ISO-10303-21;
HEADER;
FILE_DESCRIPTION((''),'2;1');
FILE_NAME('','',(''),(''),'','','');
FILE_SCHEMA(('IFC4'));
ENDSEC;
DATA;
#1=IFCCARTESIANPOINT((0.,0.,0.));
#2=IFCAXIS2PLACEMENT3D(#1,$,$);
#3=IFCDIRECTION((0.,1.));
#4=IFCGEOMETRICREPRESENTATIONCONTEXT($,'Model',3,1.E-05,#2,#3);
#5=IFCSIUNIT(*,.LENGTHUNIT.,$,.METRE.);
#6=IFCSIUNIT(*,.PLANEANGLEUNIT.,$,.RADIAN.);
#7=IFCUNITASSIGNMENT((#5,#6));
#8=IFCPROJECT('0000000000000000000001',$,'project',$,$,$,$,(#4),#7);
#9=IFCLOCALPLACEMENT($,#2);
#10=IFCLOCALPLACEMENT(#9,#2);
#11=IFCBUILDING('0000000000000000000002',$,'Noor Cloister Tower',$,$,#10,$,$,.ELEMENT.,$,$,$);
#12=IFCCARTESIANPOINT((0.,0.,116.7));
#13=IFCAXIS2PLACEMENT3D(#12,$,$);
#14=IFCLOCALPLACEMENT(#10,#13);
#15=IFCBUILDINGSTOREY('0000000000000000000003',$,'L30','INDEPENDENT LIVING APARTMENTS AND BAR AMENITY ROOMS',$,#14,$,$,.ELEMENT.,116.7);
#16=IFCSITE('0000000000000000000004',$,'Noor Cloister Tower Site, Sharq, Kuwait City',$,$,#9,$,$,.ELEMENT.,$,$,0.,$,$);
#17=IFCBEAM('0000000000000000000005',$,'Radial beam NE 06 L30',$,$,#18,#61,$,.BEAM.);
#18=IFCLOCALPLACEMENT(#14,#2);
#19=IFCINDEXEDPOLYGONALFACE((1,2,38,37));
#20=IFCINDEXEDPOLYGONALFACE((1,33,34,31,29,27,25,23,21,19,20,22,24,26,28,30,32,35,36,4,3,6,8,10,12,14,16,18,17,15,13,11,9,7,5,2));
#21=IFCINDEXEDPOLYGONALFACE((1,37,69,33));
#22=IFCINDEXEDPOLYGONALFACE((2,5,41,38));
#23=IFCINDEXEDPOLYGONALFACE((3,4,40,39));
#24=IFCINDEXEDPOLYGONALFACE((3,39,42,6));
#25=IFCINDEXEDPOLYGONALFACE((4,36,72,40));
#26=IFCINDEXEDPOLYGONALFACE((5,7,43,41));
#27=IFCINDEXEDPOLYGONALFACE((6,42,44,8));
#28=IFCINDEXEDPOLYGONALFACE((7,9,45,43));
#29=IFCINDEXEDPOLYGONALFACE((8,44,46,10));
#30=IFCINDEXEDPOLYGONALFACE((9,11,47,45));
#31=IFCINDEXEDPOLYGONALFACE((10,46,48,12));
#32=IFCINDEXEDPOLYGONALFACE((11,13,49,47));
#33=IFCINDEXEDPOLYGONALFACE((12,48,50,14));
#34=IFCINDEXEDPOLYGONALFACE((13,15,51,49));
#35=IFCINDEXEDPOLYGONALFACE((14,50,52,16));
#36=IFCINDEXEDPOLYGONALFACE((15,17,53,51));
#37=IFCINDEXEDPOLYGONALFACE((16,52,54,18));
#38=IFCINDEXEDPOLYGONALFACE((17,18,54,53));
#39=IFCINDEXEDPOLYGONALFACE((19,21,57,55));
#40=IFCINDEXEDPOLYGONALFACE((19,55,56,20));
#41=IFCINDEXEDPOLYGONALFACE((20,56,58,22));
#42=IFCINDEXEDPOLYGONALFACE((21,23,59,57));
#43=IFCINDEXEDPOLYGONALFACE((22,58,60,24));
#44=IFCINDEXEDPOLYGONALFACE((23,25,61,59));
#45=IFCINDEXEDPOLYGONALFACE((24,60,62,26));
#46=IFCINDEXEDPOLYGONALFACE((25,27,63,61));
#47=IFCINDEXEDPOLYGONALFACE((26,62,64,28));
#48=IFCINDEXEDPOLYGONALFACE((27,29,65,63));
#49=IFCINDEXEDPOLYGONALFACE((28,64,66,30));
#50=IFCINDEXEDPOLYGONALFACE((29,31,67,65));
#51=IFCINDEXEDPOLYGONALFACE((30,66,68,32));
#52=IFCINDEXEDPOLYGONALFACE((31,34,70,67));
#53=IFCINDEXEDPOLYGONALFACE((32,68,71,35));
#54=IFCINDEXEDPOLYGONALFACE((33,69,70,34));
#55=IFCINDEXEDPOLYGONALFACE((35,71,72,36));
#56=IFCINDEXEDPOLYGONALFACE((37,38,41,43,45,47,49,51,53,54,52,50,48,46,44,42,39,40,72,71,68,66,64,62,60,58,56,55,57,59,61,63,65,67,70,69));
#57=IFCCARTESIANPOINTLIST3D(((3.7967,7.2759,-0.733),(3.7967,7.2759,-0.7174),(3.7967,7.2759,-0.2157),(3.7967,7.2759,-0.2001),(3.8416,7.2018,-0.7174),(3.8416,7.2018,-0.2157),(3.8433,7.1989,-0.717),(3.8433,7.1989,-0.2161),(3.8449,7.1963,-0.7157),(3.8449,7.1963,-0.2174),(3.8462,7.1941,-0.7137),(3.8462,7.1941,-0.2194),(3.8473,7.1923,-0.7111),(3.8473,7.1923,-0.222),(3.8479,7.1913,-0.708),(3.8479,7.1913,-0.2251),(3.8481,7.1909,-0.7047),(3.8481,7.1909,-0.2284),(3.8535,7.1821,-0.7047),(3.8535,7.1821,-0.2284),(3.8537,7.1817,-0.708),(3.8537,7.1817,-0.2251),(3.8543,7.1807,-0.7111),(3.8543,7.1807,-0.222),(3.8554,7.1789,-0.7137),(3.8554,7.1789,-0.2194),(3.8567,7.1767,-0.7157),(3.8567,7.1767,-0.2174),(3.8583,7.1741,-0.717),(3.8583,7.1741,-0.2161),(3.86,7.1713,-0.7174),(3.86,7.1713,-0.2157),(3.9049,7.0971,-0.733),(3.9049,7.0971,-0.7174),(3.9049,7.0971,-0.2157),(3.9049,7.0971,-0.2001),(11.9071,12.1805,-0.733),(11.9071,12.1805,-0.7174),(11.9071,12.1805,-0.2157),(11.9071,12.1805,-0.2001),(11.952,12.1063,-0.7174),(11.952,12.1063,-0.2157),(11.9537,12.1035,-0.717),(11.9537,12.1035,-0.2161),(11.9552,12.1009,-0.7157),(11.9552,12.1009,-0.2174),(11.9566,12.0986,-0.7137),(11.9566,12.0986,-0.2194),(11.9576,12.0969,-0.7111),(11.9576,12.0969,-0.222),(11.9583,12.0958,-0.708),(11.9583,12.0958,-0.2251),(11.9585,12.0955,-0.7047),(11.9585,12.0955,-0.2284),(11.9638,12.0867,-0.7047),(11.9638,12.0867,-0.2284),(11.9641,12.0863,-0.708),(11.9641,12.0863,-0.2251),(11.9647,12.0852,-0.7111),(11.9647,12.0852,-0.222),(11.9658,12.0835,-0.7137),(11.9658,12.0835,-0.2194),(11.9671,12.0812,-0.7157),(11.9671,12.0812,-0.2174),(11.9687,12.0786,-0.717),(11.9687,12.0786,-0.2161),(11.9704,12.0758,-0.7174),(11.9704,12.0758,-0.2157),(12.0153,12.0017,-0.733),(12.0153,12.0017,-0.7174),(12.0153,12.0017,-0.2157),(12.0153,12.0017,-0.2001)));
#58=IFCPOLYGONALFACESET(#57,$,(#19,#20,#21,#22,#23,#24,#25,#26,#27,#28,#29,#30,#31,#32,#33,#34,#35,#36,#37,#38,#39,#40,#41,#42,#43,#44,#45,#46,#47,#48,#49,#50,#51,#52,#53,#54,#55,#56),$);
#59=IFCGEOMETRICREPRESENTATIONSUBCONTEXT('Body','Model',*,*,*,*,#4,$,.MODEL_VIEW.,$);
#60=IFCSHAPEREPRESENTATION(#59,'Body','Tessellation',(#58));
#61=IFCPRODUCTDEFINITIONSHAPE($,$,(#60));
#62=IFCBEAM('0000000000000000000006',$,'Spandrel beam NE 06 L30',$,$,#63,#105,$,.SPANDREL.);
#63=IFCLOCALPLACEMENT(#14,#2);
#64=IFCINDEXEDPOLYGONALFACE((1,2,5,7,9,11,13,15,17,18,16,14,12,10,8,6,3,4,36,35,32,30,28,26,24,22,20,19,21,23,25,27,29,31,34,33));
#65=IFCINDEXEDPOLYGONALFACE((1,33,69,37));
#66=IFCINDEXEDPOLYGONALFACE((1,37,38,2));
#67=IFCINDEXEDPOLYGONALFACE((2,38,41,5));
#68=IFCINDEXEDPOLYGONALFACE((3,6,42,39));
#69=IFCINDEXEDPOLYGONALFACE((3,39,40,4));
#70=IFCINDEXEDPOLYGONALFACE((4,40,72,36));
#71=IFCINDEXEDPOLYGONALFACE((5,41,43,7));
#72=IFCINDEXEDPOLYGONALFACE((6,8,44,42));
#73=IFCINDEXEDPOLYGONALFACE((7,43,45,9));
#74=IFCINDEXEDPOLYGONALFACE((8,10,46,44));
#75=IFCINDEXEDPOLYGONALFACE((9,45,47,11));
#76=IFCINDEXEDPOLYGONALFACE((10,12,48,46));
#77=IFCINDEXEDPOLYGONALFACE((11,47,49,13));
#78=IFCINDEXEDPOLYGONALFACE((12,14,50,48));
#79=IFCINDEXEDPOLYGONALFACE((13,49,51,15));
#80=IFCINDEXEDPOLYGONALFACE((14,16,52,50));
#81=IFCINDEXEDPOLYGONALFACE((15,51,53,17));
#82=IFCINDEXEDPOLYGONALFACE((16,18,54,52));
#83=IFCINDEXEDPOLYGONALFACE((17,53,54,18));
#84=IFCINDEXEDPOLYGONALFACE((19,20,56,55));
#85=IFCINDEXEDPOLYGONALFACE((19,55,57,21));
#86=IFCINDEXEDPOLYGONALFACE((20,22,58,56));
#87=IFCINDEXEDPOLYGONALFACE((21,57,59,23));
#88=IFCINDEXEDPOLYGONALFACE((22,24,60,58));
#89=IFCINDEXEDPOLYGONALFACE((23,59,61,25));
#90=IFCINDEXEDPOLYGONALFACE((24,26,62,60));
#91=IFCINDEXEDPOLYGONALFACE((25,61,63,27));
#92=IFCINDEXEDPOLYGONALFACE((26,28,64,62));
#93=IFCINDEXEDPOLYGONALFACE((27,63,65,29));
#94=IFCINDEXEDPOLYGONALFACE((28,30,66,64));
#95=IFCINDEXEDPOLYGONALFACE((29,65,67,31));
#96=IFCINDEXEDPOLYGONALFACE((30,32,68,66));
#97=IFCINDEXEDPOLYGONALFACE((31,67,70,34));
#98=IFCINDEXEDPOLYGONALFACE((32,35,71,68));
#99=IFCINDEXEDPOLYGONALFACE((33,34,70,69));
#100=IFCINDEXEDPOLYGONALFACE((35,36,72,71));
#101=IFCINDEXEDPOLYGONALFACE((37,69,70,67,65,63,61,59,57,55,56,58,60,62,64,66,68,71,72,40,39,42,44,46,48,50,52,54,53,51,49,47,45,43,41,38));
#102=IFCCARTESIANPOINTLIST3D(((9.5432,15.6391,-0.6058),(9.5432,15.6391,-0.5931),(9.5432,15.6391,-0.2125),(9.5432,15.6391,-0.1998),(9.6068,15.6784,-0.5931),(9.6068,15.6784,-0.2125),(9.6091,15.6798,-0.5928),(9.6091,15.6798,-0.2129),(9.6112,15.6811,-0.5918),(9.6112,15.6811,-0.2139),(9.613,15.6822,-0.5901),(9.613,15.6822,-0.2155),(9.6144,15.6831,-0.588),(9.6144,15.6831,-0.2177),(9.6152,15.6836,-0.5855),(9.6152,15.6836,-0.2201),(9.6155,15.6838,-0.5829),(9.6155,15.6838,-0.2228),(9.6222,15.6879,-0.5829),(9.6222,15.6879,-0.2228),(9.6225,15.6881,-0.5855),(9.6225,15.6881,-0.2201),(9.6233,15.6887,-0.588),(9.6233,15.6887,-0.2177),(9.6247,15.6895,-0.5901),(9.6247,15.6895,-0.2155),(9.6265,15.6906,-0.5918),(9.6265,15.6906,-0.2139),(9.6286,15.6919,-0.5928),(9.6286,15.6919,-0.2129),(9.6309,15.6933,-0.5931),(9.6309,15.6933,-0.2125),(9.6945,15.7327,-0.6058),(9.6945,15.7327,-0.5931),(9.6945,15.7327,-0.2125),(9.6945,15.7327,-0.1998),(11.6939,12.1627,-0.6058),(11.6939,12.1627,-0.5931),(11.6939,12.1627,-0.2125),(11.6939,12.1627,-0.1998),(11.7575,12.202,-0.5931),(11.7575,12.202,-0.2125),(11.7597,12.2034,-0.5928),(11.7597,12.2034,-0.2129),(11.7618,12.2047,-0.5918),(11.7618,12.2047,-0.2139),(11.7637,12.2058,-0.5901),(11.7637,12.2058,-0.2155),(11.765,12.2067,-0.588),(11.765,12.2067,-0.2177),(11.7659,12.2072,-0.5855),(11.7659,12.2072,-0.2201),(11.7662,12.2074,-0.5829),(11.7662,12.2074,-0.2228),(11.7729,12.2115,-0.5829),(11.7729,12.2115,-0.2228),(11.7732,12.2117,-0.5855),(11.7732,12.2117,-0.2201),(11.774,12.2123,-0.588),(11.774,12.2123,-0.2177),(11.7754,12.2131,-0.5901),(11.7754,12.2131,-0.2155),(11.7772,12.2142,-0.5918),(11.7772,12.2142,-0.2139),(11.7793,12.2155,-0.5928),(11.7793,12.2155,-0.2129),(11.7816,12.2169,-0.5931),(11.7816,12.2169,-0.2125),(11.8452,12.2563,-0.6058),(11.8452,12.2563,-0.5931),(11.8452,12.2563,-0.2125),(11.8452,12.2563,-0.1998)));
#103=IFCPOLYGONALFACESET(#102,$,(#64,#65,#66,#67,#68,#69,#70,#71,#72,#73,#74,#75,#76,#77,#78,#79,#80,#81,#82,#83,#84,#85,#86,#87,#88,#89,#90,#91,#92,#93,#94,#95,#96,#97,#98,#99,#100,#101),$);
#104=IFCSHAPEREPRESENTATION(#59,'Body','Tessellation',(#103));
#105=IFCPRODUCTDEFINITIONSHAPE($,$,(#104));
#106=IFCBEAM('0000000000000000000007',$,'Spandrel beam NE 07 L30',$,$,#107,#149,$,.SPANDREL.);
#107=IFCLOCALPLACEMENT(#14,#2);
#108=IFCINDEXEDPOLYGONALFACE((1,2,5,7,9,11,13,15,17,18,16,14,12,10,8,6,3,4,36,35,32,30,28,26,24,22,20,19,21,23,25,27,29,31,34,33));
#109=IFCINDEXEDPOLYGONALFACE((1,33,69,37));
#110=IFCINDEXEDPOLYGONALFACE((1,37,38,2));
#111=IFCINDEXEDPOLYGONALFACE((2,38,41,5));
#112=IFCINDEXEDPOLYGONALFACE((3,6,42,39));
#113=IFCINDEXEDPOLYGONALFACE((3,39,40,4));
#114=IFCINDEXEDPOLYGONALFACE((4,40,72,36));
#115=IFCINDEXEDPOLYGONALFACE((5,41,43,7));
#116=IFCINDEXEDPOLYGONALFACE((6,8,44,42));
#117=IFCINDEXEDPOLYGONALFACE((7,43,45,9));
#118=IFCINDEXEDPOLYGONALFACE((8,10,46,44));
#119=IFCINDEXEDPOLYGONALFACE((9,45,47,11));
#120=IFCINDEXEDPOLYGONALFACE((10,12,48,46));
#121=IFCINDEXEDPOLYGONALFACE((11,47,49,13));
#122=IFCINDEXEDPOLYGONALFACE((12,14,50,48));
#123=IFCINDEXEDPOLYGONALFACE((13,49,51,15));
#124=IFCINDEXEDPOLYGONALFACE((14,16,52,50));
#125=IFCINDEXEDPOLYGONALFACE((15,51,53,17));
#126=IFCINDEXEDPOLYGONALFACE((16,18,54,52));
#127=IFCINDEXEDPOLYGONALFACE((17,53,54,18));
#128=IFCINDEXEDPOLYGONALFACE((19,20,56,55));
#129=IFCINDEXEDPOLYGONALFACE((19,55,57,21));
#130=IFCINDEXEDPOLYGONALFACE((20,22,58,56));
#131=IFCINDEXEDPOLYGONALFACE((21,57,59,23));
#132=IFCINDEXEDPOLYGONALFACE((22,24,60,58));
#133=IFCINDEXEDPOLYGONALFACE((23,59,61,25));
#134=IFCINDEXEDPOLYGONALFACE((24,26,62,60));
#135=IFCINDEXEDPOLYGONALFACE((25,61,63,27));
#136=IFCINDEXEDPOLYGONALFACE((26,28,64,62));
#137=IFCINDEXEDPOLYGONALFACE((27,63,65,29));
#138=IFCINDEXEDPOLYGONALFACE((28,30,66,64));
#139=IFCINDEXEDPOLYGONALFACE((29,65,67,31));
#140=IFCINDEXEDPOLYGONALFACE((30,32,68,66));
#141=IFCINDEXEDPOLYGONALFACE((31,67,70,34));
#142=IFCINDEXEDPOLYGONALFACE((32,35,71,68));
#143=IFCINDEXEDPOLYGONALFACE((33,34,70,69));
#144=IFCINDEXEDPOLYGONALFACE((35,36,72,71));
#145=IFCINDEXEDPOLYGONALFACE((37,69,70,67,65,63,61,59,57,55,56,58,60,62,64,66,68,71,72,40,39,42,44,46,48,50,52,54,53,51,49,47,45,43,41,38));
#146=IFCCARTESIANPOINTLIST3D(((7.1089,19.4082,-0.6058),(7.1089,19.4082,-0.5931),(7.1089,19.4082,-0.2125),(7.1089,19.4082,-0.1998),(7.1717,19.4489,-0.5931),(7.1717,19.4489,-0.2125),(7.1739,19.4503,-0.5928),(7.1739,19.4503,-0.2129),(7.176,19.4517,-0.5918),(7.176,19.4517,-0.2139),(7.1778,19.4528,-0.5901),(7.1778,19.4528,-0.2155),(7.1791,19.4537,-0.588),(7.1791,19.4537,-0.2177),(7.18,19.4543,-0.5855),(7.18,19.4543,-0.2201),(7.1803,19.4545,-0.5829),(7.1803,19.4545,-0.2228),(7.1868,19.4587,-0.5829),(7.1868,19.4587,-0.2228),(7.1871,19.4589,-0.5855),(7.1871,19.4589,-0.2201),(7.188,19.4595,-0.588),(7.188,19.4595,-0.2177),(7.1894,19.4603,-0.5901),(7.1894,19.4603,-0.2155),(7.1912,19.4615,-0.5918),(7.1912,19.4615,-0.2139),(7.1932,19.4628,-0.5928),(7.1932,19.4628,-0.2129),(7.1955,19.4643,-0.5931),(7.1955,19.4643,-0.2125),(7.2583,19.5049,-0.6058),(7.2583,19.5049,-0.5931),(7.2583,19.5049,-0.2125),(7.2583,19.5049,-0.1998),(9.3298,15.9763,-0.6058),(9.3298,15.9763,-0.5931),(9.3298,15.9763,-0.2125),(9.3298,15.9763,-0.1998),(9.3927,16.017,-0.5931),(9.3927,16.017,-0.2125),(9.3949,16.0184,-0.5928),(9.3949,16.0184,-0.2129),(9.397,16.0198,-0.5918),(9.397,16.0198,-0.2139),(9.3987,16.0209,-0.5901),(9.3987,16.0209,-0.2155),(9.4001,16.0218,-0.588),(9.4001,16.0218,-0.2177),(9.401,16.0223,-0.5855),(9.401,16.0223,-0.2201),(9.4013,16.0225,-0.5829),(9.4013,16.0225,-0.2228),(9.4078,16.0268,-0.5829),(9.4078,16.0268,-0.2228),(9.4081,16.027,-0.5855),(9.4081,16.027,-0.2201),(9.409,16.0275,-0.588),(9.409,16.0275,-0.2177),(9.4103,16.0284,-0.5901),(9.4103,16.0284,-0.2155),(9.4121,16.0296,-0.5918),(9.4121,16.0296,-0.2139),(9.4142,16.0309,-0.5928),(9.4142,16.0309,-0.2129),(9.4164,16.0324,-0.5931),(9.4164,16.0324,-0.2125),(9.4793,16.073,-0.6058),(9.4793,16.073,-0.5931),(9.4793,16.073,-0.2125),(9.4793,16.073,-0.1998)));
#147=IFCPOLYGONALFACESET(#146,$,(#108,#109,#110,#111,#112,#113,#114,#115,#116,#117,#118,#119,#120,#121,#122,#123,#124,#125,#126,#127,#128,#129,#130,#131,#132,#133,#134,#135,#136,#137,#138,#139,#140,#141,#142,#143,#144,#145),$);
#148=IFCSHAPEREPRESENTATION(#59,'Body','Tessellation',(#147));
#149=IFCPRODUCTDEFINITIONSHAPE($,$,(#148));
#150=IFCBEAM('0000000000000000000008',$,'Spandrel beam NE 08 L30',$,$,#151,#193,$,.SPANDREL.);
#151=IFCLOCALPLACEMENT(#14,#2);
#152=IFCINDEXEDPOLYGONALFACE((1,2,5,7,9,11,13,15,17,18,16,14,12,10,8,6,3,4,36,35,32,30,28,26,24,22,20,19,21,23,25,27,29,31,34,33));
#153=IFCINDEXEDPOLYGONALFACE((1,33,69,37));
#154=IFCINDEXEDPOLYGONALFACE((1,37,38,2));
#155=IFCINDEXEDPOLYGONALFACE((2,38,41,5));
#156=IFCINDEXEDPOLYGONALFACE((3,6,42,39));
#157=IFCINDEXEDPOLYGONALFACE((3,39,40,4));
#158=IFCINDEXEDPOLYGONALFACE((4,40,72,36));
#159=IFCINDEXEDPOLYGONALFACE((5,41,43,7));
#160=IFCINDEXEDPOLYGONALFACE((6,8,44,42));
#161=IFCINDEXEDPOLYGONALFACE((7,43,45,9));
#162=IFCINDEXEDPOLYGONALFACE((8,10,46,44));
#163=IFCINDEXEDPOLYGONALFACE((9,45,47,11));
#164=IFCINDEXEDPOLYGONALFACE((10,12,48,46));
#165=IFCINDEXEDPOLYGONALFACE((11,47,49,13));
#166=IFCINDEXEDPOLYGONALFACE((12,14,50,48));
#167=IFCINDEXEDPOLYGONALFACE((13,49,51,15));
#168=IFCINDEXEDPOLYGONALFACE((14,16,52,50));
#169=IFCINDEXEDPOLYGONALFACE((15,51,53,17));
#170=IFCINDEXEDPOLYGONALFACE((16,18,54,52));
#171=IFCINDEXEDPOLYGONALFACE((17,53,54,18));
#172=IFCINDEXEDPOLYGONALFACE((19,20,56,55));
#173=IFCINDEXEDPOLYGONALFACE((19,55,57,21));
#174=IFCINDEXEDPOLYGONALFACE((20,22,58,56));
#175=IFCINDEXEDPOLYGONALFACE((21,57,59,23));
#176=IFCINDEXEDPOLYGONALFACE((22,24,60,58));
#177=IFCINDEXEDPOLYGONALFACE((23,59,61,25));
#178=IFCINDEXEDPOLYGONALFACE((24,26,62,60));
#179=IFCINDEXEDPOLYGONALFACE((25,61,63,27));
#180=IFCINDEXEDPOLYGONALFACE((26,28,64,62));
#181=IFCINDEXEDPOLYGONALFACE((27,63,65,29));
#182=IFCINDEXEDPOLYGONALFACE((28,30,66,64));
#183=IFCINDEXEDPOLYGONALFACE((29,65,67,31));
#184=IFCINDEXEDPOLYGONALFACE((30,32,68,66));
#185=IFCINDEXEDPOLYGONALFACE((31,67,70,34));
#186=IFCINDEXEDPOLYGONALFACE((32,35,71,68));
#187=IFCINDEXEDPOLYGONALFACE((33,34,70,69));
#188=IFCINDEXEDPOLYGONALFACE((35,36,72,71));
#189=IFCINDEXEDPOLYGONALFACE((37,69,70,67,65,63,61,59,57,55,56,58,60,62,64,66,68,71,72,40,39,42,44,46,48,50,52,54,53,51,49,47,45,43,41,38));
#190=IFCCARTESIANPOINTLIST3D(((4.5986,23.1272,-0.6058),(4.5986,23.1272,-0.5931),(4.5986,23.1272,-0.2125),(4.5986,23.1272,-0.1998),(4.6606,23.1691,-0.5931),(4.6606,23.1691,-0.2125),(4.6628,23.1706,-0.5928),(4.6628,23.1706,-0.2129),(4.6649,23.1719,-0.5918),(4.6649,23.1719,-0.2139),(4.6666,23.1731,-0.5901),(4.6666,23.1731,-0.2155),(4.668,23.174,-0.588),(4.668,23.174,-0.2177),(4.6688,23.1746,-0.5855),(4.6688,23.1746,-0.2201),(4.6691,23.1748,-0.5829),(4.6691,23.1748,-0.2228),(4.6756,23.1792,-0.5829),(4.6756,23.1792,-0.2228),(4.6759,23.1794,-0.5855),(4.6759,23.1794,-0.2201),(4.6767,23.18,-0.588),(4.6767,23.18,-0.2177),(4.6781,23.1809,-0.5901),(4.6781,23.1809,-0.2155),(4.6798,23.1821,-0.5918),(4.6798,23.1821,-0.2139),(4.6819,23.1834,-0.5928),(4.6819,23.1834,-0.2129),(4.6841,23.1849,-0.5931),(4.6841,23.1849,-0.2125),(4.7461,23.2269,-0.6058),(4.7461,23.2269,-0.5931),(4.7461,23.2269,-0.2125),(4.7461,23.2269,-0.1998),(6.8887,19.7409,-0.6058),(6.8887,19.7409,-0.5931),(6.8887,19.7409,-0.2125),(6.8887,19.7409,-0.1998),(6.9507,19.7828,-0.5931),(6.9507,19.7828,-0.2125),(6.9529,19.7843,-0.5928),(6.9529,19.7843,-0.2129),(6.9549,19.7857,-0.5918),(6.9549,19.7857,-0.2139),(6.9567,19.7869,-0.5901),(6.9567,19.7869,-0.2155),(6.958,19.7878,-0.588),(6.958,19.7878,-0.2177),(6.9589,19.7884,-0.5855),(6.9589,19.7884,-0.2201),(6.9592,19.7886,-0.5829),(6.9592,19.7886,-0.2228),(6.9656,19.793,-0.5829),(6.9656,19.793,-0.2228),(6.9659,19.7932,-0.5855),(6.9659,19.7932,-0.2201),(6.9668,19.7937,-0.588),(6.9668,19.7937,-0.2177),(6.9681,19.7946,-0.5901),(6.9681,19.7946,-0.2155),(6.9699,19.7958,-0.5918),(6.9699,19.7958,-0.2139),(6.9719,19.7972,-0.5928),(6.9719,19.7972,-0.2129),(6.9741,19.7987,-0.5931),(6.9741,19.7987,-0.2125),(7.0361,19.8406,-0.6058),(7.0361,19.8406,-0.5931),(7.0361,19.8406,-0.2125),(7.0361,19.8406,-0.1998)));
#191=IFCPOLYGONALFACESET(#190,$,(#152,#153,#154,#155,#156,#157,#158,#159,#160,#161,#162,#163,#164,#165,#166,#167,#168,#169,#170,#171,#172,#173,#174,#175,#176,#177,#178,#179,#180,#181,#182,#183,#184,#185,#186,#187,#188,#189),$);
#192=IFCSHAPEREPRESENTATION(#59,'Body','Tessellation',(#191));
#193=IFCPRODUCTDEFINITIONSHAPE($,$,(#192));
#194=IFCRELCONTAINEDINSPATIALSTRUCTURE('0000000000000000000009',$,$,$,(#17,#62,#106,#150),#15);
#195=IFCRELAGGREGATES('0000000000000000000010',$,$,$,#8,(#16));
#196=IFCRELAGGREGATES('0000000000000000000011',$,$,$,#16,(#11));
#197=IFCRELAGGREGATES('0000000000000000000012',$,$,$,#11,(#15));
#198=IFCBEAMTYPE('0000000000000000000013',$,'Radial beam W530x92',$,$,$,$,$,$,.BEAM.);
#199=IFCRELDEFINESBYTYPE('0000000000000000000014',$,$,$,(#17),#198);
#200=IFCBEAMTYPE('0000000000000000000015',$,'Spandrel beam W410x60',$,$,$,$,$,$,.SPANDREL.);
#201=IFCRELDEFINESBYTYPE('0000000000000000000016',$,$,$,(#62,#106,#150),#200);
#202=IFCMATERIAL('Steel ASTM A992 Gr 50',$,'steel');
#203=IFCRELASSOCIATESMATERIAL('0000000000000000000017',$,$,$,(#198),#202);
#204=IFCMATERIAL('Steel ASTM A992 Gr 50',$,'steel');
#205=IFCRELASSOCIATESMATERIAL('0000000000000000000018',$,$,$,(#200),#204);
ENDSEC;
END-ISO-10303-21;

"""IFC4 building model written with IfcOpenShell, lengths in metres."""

from ifc_helpers import new_model, si_unit, direction, frame, origin, origin_2d, place, context, subcontext, project, spatial, i_section, extrude, material, material_profile, profile_set, type_object, element, save


model = new_model("IFC4")

# Units and contexts
model_context = context("Model", 3, precision=1e-05, world=origin(), true_north=direction((0.0, 1.0)))
body_context = subcontext(model_context, "Body", "Model", "MODEL_VIEW")
ifc_project = project(units=[si_unit("LENGTHUNIT", "METRE"), si_unit("PLANEANGLEUNIT", "RADIAN")], contexts=[model_context])

# Site, building, storey
site_placement = place(None, origin())
site = spatial("IfcSite", under=ifc_project, at=site_placement, Name="Noor Cloister Tower Site, Sharq, Kuwait City", CompositionType="ELEMENT", RefElevation=0.0)
building_placement = place(site_placement, origin())
building = spatial("IfcBuilding", under=site, at=building_placement, Name="Noor Cloister Tower", CompositionType="ELEMENT")
storey_placement = place(building_placement, frame((0.0, 0.0, 116.7)))
storey = spatial("IfcBuildingStorey", under=building, at=storey_placement, Name="L30", Description="INDEPENDENT LIVING APARTMENTS AND BAR AMENITY ROOMS", CompositionType="ELEMENT", Elevation=116.7)

# Beams
ifc_material_1 = material(Name="Steel ASTM A992 Gr 50", Category="steel")
ifc_material_profile_1 = material_profile(ifc_material_1, i_section(OverallWidth=0.209, OverallDepth=0.533, WebThickness=0.0103, FlangeThickness=0.0156, FilletRadius=0.0127, at=origin_2d()), Name="W530x92")
ifc_profile_set_1 = profile_set([ifc_material_profile_1], Name="Steel ASTM A992 Gr 50")
beam_type_1 = type_object("IfcBeamType", Name="Radial beam W530x92", PredefinedType="BEAM", material=ifc_profile_set_1)
beam_1_placement = place(storey_placement, frame((11.9612, 12.0911, -0.4666), z_axis=(-0.855704, -0.517466, 0.0), x_axis=(0.517466, -0.855704, 0.0)))
element("IfcBeam", 1, at=beam_1_placement, inside=storey, type_object=beam_type_1, Name="Radial beam NE 06 L30", PredefinedType="BEAM", context=body_context, shape_type="SweptSolid", body=[
    extrude(i_section(OverallWidth=0.209, OverallDepth=0.533, WebThickness=0.0103, FlangeThickness=0.0156, FilletRadius=0.0127, at=origin_2d()), origin(), (0.0, 0.0, 1.0), 9.478),
])
ifc_material_2 = material(Name="Steel ASTM A992 Gr 50", Category="steel")
ifc_material_profile_2 = material_profile(ifc_material_2, i_section(OverallWidth=0.178, OverallDepth=0.406, WebThickness=0.0078, FlangeThickness=0.0127, FilletRadius=0.0103, at=origin_2d()), Name="W410x60")
ifc_profile_set_2 = profile_set([ifc_material_profile_2], Name="Steel ASTM A992 Gr 50")
beam_type_2 = type_object("IfcBeamType", Name="Spandrel beam W410x60", PredefinedType="SPANDREL", material=ifc_profile_set_2)
for number, where, z_axis, x_axis, name in (
    (2, (11.7695, 12.2095, -0.4028), (-0.526112, 0.850415, 0.0), (-0.850415, -0.526112, 0.0), "Spandrel beam NE 06 L30"),
    (3, (9.4045, 16.0247, -0.4028), (-0.543306, 0.839535, 0.0), (-0.839535, -0.543306, 0.0), "Spandrel beam NE 07 L30"),
    (4, (6.9624, 19.7908, -0.4028), (-0.560201, 0.828357, 0.0), (-0.828357, -0.560201, 0.0), "Spandrel beam NE 08 L30"),
):
    element("IfcBeam", number, at=place(storey_placement, frame(where, z_axis=z_axis, x_axis=x_axis)), inside=storey, type_object=beam_type_2, Name=name, PredefinedType="SPANDREL", context=body_context, shape_type="SweptSolid", body=[
        extrude(i_section(OverallWidth=0.178, OverallDepth=0.406, WebThickness=0.0078, FlangeThickness=0.0127, FilletRadius=0.0103, at=origin_2d()), origin(), (0.0, 0.0, 1.0), 4.0879),
    ])

save(model, "model.ifc")
